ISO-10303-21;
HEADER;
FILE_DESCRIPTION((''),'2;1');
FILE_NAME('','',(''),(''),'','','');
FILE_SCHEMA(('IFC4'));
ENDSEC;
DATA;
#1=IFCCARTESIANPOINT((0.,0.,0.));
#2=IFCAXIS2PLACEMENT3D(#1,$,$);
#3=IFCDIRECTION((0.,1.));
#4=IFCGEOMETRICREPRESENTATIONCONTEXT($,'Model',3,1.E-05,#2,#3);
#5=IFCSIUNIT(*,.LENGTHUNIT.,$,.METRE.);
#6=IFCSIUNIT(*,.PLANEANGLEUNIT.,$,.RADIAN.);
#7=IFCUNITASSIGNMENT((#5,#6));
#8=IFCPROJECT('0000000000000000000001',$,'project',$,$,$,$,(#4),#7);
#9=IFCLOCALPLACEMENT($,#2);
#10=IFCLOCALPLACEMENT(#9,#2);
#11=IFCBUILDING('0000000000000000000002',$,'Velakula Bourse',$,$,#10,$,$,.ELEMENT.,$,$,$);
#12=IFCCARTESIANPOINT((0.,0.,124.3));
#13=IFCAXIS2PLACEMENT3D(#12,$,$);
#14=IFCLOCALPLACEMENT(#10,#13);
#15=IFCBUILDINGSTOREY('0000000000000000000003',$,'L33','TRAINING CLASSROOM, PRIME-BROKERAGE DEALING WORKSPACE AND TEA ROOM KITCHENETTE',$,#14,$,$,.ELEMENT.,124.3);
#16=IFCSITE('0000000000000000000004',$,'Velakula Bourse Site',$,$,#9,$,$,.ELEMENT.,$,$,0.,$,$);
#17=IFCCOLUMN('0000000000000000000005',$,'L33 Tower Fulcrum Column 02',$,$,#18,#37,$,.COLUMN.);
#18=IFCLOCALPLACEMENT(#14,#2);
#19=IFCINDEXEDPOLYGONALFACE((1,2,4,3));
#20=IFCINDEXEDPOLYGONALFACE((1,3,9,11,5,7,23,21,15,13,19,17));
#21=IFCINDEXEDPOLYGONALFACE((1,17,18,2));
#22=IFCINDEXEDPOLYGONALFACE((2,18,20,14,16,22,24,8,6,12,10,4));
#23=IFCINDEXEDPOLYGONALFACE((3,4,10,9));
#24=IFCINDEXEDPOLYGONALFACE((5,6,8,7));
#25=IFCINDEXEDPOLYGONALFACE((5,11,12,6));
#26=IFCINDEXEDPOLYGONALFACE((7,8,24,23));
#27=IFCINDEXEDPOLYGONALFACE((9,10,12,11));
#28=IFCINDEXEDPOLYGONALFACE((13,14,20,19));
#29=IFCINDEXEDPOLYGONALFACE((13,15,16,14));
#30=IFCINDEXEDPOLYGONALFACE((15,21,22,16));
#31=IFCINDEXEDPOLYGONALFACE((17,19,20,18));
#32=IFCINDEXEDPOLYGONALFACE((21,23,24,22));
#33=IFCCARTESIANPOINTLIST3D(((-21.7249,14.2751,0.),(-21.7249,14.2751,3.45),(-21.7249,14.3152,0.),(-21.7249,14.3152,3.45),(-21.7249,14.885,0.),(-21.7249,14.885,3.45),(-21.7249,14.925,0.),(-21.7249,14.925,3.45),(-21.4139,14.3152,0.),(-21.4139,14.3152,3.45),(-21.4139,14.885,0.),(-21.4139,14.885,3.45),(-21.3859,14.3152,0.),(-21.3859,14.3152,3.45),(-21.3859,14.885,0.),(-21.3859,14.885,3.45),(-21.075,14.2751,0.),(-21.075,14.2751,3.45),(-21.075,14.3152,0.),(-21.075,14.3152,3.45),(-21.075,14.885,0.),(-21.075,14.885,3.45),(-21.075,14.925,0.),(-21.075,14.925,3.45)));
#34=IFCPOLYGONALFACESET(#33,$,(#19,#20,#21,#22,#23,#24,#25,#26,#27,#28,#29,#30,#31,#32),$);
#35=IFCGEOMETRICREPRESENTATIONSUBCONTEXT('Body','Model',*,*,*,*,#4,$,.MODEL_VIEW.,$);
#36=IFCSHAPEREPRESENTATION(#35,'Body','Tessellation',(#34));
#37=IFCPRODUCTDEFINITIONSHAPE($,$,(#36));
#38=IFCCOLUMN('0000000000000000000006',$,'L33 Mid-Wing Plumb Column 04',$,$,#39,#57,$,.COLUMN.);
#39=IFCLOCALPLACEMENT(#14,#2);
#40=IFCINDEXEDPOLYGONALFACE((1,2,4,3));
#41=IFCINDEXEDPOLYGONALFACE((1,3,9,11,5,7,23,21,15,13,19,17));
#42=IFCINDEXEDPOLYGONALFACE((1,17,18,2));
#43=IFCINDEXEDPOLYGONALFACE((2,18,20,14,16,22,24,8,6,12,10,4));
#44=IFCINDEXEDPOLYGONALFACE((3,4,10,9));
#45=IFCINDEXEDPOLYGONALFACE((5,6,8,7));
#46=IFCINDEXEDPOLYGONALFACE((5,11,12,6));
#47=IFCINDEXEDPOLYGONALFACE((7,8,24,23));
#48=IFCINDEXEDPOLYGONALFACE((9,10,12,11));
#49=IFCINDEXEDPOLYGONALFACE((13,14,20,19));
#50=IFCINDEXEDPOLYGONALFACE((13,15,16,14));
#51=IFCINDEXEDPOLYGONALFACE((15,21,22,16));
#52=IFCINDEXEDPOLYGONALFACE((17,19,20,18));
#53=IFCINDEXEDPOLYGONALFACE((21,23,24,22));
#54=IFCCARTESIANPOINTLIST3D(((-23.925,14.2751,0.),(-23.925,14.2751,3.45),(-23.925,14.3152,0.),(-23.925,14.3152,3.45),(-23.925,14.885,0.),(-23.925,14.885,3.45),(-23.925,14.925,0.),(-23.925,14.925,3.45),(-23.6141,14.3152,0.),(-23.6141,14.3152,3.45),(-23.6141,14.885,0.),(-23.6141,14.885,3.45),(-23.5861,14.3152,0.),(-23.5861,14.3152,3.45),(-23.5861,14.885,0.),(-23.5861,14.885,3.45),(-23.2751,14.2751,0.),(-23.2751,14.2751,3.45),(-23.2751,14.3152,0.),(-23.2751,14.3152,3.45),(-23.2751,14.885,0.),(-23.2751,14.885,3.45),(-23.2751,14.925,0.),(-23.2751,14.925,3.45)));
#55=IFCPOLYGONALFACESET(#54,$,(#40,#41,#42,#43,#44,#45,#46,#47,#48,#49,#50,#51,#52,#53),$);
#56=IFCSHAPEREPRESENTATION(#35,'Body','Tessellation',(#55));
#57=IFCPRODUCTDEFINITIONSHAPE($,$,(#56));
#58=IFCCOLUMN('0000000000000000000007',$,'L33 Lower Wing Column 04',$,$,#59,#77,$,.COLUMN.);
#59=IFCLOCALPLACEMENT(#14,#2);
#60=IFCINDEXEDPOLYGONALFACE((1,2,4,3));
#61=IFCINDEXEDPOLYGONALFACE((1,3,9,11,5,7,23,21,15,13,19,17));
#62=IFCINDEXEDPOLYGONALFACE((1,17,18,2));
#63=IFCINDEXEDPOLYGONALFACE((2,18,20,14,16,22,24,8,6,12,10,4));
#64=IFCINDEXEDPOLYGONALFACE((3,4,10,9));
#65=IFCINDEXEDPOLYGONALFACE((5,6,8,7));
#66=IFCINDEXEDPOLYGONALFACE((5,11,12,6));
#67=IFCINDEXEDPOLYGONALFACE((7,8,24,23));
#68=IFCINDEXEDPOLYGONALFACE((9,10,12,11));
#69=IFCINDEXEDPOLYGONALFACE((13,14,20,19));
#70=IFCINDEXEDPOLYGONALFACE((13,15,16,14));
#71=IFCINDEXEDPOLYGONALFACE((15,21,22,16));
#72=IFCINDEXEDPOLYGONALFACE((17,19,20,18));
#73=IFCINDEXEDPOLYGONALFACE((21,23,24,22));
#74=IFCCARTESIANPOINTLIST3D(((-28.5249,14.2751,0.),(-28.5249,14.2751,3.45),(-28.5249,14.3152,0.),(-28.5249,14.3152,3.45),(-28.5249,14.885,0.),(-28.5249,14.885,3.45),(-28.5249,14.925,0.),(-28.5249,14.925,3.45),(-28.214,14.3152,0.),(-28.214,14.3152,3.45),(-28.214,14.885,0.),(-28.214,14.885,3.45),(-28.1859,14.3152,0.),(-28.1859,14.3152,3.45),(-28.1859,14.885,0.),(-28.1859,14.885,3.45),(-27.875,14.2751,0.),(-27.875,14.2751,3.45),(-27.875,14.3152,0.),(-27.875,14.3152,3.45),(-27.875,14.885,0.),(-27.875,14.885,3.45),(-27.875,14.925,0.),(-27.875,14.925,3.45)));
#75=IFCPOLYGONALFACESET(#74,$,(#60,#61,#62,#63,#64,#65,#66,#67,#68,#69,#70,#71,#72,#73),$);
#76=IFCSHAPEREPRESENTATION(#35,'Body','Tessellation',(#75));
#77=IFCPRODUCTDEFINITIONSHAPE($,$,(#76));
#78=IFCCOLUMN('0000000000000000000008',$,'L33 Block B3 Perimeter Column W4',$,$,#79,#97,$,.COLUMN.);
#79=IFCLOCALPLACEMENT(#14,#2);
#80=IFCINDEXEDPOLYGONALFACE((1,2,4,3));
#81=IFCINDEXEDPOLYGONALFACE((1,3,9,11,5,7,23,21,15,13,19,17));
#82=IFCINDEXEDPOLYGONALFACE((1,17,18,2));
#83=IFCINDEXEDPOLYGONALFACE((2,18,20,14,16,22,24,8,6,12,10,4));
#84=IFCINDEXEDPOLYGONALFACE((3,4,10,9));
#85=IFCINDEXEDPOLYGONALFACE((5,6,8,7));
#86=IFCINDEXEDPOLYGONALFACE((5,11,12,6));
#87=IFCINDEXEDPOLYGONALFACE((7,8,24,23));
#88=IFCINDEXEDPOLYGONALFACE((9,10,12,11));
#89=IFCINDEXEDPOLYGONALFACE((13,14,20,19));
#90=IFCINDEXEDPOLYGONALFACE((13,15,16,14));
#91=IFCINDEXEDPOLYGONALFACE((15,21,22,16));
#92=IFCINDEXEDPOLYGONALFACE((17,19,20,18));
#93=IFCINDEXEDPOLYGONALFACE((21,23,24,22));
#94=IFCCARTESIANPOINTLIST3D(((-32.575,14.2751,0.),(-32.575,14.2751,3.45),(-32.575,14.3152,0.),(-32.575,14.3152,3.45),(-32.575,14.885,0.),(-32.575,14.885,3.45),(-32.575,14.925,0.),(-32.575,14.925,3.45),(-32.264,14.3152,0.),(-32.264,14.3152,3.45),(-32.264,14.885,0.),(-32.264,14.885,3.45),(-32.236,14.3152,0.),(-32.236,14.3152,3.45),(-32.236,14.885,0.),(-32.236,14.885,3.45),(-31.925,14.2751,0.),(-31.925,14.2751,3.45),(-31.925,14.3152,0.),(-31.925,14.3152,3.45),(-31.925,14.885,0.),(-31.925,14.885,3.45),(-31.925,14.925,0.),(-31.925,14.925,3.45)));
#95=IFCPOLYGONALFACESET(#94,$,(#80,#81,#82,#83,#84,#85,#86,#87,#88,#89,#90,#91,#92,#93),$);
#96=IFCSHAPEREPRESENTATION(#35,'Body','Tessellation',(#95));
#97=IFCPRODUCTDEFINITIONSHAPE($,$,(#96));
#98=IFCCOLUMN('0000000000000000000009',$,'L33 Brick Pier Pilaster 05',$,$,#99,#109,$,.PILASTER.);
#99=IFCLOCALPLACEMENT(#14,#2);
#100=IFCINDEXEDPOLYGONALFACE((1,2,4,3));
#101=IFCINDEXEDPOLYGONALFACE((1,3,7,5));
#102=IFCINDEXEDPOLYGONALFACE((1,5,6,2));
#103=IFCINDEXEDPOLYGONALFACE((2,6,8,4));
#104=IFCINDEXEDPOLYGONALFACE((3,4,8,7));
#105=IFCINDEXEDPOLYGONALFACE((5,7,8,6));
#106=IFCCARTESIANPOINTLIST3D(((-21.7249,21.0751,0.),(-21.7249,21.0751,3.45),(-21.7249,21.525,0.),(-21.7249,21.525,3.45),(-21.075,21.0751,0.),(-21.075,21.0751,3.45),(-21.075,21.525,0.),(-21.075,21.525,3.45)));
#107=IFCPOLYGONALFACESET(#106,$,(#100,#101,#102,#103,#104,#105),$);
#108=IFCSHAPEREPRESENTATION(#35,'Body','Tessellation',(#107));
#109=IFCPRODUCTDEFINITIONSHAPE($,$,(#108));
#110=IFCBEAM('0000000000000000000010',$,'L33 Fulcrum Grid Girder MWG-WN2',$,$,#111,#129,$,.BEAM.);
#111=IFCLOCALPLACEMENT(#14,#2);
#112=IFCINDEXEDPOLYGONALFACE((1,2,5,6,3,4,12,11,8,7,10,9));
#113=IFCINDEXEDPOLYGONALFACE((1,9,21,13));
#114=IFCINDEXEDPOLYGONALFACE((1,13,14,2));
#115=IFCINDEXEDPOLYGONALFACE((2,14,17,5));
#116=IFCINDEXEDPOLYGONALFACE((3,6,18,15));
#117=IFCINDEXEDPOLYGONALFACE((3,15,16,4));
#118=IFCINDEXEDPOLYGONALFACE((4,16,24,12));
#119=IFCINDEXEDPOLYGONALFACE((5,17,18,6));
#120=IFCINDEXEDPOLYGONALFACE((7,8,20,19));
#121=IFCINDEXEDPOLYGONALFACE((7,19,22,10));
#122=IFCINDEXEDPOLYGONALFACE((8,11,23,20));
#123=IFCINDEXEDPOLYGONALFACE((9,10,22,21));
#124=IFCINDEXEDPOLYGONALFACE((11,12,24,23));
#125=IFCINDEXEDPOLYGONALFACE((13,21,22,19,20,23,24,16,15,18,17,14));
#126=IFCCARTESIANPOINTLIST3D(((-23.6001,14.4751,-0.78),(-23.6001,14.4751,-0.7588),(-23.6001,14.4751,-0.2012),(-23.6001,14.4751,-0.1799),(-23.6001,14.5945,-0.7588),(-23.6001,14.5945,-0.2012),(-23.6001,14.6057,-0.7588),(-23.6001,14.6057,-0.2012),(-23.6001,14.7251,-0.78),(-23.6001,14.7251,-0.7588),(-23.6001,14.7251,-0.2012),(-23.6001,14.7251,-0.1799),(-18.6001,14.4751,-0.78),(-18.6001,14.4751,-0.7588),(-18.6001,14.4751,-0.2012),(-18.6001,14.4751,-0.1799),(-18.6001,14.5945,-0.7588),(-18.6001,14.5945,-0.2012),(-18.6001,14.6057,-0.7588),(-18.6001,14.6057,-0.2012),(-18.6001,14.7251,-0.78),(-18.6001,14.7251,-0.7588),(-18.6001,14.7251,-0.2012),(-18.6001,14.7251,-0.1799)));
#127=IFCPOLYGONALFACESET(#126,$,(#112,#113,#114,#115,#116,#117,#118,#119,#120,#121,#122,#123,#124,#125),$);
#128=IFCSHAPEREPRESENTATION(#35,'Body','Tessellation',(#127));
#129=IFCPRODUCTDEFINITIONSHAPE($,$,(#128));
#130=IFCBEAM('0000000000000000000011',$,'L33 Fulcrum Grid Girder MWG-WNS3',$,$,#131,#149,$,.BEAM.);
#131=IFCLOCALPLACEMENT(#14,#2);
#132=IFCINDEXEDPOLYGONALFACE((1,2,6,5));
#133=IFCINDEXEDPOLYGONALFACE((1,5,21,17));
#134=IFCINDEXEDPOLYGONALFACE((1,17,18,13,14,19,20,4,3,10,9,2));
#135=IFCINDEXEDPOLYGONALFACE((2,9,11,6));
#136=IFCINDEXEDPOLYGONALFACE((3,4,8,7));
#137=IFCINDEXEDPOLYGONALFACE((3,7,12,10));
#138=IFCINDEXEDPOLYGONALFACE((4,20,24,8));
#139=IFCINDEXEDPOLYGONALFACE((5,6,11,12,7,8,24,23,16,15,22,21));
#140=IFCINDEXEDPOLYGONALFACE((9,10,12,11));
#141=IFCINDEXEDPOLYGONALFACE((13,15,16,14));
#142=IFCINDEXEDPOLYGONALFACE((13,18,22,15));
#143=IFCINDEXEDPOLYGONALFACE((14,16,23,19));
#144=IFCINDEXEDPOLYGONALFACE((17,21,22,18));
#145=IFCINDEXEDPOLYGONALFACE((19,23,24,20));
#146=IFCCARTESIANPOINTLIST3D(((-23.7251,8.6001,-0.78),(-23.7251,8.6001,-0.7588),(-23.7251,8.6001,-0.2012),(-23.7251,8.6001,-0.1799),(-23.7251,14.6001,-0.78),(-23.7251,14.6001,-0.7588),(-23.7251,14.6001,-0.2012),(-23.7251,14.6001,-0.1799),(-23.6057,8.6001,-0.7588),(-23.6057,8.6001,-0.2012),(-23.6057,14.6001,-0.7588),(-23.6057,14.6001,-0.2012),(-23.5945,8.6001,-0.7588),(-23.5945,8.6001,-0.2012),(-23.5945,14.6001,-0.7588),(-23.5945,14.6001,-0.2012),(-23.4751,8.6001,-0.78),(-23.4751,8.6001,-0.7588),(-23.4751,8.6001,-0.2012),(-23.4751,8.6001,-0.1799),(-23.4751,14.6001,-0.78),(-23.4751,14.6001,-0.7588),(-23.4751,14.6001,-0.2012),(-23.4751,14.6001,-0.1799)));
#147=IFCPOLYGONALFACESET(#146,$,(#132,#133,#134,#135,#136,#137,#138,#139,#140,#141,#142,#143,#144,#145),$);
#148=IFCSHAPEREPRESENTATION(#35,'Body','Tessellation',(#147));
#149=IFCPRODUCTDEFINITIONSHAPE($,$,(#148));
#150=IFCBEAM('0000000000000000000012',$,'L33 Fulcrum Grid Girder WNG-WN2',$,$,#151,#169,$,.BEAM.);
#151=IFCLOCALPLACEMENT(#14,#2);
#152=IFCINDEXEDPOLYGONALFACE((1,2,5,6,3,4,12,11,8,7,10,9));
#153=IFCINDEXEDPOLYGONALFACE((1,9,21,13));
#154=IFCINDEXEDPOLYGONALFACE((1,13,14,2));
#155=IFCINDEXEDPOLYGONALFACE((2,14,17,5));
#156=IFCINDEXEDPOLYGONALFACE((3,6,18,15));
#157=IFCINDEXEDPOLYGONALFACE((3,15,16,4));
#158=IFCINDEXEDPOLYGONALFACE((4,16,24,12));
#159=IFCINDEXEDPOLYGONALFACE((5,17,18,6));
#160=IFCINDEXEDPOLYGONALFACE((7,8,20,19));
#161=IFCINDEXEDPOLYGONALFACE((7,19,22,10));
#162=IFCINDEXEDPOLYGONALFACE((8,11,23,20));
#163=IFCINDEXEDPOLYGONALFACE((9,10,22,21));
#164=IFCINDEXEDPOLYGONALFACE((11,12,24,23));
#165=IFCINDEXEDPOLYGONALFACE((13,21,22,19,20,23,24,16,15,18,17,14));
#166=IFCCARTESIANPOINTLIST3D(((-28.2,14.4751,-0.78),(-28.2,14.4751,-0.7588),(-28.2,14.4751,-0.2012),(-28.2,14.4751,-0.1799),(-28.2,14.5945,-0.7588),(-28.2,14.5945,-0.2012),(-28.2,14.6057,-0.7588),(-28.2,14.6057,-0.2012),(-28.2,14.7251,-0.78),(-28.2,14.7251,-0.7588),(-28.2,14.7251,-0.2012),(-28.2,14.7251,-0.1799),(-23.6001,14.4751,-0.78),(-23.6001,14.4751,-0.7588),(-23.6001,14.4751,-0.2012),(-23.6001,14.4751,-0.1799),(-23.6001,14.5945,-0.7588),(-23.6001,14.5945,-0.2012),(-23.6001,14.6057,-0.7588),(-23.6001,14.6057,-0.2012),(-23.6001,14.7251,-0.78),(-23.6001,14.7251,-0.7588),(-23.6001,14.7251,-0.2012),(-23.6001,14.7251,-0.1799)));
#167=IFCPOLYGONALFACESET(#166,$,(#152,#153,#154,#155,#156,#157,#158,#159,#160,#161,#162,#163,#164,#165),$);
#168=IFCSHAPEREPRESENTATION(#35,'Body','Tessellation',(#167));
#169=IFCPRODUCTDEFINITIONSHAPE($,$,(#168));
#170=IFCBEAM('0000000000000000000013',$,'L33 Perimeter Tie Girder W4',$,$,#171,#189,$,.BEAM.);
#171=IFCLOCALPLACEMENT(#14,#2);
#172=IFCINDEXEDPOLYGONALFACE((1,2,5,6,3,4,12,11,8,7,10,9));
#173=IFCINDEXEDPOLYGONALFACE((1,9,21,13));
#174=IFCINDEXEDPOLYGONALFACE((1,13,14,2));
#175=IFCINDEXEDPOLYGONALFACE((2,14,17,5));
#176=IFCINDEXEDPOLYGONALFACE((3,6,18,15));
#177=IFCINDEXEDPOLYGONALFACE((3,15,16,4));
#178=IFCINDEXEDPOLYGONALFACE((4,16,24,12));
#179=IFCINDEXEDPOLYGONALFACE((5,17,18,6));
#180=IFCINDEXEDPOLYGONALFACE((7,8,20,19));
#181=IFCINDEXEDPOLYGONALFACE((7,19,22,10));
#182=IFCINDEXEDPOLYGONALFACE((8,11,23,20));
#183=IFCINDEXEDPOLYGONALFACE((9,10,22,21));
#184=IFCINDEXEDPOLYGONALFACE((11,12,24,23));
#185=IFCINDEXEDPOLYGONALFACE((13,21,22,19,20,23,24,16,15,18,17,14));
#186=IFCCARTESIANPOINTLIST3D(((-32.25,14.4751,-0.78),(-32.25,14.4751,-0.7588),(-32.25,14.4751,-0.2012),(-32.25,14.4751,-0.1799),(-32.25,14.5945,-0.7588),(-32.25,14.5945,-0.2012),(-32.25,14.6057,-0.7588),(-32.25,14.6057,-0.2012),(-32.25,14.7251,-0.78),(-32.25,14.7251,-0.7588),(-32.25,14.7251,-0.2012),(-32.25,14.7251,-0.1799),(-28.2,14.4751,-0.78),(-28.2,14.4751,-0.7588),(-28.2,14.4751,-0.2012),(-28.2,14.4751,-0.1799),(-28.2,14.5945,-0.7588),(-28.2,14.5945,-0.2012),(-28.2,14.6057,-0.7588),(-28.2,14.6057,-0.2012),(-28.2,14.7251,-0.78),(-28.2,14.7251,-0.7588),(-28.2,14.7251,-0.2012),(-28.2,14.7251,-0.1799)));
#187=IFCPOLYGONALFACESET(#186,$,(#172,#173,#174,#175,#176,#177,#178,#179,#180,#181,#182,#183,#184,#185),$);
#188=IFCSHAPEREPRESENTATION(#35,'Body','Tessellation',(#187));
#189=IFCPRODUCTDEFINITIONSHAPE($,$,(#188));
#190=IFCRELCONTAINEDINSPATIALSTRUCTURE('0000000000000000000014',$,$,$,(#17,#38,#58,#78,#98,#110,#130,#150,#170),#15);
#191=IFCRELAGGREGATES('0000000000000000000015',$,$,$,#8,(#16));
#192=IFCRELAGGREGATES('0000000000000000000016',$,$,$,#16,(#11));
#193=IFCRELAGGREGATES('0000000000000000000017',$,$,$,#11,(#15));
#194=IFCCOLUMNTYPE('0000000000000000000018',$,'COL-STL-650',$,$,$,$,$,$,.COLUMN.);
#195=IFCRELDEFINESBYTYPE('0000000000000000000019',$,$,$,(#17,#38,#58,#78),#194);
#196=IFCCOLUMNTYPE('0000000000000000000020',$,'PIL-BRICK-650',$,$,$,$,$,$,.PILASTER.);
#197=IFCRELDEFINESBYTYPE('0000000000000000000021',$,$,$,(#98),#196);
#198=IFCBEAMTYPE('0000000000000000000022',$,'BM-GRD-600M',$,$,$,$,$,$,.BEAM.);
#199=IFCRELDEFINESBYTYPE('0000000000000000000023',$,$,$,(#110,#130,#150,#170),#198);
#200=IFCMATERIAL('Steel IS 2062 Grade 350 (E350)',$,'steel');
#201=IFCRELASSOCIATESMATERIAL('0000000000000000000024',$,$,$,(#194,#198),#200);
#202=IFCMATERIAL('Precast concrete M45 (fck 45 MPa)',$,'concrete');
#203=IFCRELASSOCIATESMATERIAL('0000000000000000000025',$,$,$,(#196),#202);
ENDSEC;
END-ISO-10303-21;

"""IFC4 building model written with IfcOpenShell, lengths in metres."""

from ifc_helpers import new_model, si_unit, direction, frame, origin, origin_2d, place, context, subcontext, project, spatial, rectangle, i_section, extrude, material, material_profile, profile_set, type_object, element, save


model = new_model("IFC4")

# Units and contexts
model_context = context("Model", 3, precision=1e-05, world=origin(), true_north=direction((0.0, 1.0)))
body_context = subcontext(model_context, "Body", "Model", "MODEL_VIEW")
ifc_project = project(units=[si_unit("LENGTHUNIT", "METRE"), si_unit("PLANEANGLEUNIT", "RADIAN")], contexts=[model_context])

# Site, building, storey
site_placement = place(None, origin())
site = spatial("IfcSite", under=ifc_project, at=site_placement, Name="Velakula Bourse Site", CompositionType="ELEMENT", RefElevation=0.0)
building_placement = place(site_placement, origin())
building = spatial("IfcBuilding", under=site, at=building_placement, Name="Velakula Bourse", CompositionType="ELEMENT")
storey_placement = place(building_placement, frame((0.0, 0.0, 124.3)))
storey = spatial("IfcBuildingStorey", under=building, at=storey_placement, Name="L33", Description="TRAINING CLASSROOM, PRIME-BROKERAGE DEALING WORKSPACE AND TEA ROOM KITCHENETTE", CompositionType="ELEMENT", Elevation=124.3)

# Columns
ifc_material_1 = material(Name="Steel IS 2062 Grade 350 (E350)", Category="steel")
ifc_material_profile_1 = material_profile(ifc_material_1, i_section(OverallWidth=0.6499, OverallDepth=0.6499, WebThickness=0.0281, FlangeThickness=0.04, at=origin_2d()), Name="Steel IS 2062 Grade 350 (E350)")
ifc_profile_set_1 = profile_set([ifc_material_profile_1], Name="Steel IS 2062 Grade 350 (E350)")
column_type_1 = type_object("IfcColumnType", Name="COL-STL-650", PredefinedType="COLUMN", material=ifc_profile_set_1)
for number, where, z_axis, x_axis, name in (
    (1, (-21.3999, 14.6001, 0.0), (0.0, 0.0, 1.0), (1.0, 0.0, 0.0), "L33 Tower Fulcrum Column 02"),
    (2, (-23.6001, 14.6001, 0.0), (0.0, 0.0, 1.0), (1.0, 0.0, 0.0), "L33 Mid-Wing Plumb Column 04"),
    (3, (-28.2, 14.6001, 0.0), (0.0, 0.0, 1.0), (1.0, 0.0, 0.0), "L33 Lower Wing Column 04"),
    (4, (-32.25, 14.6001, 0.0), (0.0, 0.0, 1.0), (1.0, 0.0, 0.0), "L33 Block B3 Perimeter Column W4"),
):
    element("IfcColumn", number, at=place(storey_placement, frame(where, z_axis=z_axis, x_axis=x_axis)), inside=storey, type_object=column_type_1, Name=name, PredefinedType="COLUMN", context=body_context, shape_type="SweptSolid", body=[
        extrude(i_section(OverallWidth=0.6499, OverallDepth=0.6499, WebThickness=0.0281, FlangeThickness=0.04, at=origin_2d()), origin(), (0.0, 0.0, 1.0), 3.45),
    ])
ifc_material_2 = material(Name="Precast concrete M45 (fck 45 MPa)", Category="concrete")
ifc_material_profile_2 = material_profile(ifc_material_2, rectangle(XDim=0.6499, YDim=0.45, at=origin_2d()), Name="Precast concrete M45 (fck 45 MPa)")
ifc_profile_set_2 = profile_set([ifc_material_profile_2], Name="Precast concrete M45 (fck 45 MPa)")
column_type_2 = type_object("IfcColumnType", Name="PIL-BRICK-650", PredefinedType="PILASTER", material=ifc_profile_set_2)
column_placement = place(storey_placement, frame((-21.3999, 21.3, 0.0), z_axis=(0.0, 0.0, 1.0), x_axis=(1.0, 0.0, 0.0)))
element("IfcColumn", 5, at=column_placement, inside=storey, type_object=column_type_2, Name="L33 Brick Pier Pilaster 05", PredefinedType="PILASTER", context=body_context, shape_type="SweptSolid", body=[
    extrude(rectangle(XDim=0.6499, YDim=0.45, at=origin_2d()), origin(), (0.0, 0.0, 1.0), 3.45),
])

# Beams
ifc_material_profile_3 = material_profile(ifc_material_1, i_section(OverallWidth=0.25, OverallDepth=0.6001, WebThickness=0.0112, FlangeThickness=0.0212, at=origin_2d()), Name="Steel IS 2062 Grade 350 (E350)")
ifc_profile_set_3 = profile_set([ifc_material_profile_3], Name="Steel IS 2062 Grade 350 (E350)")
beam_type_1 = type_object("IfcBeamType", Name="BM-GRD-600M", PredefinedType="BEAM", material=ifc_profile_set_3)
beam_1_placement = place(storey_placement, frame((-23.6001, 14.6001, -0.48), z_axis=(1.0, 0.0, 0.0), x_axis=(0.0, 1.0, 0.0)))
element("IfcBeam", 6, at=beam_1_placement, inside=storey, type_object=beam_type_1, Name="L33 Fulcrum Grid Girder MWG-WN2", PredefinedType="BEAM", context=body_context, shape_type="SweptSolid", body=[
    extrude(i_section(OverallWidth=0.25, OverallDepth=0.6001, WebThickness=0.0112, FlangeThickness=0.0212, at=origin_2d()), origin(), (0.0, 0.0, 1.0), 5.0),
])
beam_2_placement = place(storey_placement, frame((-23.6001, 8.6001, -0.48), z_axis=(0.0, 1.0, 0.0), x_axis=(-1.0, 0.0, 0.0)))
element("IfcBeam", 7, at=beam_2_placement, inside=storey, type_object=beam_type_1, Name="L33 Fulcrum Grid Girder MWG-WNS3", PredefinedType="BEAM", context=body_context, shape_type="SweptSolid", body=[
    extrude(i_section(OverallWidth=0.25, OverallDepth=0.6001, WebThickness=0.0112, FlangeThickness=0.0212, at=origin_2d()), origin(), (0.0, 0.0, 1.0), 6.0),
])
beam_3_placement = place(storey_placement, frame((-28.2, 14.6001, -0.48), z_axis=(1.0, 0.0, 0.0), x_axis=(0.0, 1.0, 0.0)))
element("IfcBeam", 8, at=beam_3_placement, inside=storey, type_object=beam_type_1, Name="L33 Fulcrum Grid Girder WNG-WN2", PredefinedType="BEAM", context=body_context, shape_type="SweptSolid", body=[
    extrude(i_section(OverallWidth=0.25, OverallDepth=0.6001, WebThickness=0.0112, FlangeThickness=0.0212, at=origin_2d()), origin(), (0.0, 0.0, 1.0), 4.5999),
])
beam_4_placement = place(storey_placement, frame((-28.2, 14.6001, -0.48), z_axis=(-1.0, 0.0, 0.0), x_axis=(0.0, -1.0, 0.0)))
element("IfcBeam", 9, at=beam_4_placement, inside=storey, type_object=beam_type_1, Name="L33 Perimeter Tie Girder W4", PredefinedType="BEAM", context=body_context, shape_type="SweptSolid", body=[
    extrude(i_section(OverallWidth=0.25, OverallDepth=0.6001, WebThickness=0.0112, FlangeThickness=0.0212, at=origin_2d()), origin(), (0.0, 0.0, 1.0), 4.05),
])

save(model, "model.ifc")
